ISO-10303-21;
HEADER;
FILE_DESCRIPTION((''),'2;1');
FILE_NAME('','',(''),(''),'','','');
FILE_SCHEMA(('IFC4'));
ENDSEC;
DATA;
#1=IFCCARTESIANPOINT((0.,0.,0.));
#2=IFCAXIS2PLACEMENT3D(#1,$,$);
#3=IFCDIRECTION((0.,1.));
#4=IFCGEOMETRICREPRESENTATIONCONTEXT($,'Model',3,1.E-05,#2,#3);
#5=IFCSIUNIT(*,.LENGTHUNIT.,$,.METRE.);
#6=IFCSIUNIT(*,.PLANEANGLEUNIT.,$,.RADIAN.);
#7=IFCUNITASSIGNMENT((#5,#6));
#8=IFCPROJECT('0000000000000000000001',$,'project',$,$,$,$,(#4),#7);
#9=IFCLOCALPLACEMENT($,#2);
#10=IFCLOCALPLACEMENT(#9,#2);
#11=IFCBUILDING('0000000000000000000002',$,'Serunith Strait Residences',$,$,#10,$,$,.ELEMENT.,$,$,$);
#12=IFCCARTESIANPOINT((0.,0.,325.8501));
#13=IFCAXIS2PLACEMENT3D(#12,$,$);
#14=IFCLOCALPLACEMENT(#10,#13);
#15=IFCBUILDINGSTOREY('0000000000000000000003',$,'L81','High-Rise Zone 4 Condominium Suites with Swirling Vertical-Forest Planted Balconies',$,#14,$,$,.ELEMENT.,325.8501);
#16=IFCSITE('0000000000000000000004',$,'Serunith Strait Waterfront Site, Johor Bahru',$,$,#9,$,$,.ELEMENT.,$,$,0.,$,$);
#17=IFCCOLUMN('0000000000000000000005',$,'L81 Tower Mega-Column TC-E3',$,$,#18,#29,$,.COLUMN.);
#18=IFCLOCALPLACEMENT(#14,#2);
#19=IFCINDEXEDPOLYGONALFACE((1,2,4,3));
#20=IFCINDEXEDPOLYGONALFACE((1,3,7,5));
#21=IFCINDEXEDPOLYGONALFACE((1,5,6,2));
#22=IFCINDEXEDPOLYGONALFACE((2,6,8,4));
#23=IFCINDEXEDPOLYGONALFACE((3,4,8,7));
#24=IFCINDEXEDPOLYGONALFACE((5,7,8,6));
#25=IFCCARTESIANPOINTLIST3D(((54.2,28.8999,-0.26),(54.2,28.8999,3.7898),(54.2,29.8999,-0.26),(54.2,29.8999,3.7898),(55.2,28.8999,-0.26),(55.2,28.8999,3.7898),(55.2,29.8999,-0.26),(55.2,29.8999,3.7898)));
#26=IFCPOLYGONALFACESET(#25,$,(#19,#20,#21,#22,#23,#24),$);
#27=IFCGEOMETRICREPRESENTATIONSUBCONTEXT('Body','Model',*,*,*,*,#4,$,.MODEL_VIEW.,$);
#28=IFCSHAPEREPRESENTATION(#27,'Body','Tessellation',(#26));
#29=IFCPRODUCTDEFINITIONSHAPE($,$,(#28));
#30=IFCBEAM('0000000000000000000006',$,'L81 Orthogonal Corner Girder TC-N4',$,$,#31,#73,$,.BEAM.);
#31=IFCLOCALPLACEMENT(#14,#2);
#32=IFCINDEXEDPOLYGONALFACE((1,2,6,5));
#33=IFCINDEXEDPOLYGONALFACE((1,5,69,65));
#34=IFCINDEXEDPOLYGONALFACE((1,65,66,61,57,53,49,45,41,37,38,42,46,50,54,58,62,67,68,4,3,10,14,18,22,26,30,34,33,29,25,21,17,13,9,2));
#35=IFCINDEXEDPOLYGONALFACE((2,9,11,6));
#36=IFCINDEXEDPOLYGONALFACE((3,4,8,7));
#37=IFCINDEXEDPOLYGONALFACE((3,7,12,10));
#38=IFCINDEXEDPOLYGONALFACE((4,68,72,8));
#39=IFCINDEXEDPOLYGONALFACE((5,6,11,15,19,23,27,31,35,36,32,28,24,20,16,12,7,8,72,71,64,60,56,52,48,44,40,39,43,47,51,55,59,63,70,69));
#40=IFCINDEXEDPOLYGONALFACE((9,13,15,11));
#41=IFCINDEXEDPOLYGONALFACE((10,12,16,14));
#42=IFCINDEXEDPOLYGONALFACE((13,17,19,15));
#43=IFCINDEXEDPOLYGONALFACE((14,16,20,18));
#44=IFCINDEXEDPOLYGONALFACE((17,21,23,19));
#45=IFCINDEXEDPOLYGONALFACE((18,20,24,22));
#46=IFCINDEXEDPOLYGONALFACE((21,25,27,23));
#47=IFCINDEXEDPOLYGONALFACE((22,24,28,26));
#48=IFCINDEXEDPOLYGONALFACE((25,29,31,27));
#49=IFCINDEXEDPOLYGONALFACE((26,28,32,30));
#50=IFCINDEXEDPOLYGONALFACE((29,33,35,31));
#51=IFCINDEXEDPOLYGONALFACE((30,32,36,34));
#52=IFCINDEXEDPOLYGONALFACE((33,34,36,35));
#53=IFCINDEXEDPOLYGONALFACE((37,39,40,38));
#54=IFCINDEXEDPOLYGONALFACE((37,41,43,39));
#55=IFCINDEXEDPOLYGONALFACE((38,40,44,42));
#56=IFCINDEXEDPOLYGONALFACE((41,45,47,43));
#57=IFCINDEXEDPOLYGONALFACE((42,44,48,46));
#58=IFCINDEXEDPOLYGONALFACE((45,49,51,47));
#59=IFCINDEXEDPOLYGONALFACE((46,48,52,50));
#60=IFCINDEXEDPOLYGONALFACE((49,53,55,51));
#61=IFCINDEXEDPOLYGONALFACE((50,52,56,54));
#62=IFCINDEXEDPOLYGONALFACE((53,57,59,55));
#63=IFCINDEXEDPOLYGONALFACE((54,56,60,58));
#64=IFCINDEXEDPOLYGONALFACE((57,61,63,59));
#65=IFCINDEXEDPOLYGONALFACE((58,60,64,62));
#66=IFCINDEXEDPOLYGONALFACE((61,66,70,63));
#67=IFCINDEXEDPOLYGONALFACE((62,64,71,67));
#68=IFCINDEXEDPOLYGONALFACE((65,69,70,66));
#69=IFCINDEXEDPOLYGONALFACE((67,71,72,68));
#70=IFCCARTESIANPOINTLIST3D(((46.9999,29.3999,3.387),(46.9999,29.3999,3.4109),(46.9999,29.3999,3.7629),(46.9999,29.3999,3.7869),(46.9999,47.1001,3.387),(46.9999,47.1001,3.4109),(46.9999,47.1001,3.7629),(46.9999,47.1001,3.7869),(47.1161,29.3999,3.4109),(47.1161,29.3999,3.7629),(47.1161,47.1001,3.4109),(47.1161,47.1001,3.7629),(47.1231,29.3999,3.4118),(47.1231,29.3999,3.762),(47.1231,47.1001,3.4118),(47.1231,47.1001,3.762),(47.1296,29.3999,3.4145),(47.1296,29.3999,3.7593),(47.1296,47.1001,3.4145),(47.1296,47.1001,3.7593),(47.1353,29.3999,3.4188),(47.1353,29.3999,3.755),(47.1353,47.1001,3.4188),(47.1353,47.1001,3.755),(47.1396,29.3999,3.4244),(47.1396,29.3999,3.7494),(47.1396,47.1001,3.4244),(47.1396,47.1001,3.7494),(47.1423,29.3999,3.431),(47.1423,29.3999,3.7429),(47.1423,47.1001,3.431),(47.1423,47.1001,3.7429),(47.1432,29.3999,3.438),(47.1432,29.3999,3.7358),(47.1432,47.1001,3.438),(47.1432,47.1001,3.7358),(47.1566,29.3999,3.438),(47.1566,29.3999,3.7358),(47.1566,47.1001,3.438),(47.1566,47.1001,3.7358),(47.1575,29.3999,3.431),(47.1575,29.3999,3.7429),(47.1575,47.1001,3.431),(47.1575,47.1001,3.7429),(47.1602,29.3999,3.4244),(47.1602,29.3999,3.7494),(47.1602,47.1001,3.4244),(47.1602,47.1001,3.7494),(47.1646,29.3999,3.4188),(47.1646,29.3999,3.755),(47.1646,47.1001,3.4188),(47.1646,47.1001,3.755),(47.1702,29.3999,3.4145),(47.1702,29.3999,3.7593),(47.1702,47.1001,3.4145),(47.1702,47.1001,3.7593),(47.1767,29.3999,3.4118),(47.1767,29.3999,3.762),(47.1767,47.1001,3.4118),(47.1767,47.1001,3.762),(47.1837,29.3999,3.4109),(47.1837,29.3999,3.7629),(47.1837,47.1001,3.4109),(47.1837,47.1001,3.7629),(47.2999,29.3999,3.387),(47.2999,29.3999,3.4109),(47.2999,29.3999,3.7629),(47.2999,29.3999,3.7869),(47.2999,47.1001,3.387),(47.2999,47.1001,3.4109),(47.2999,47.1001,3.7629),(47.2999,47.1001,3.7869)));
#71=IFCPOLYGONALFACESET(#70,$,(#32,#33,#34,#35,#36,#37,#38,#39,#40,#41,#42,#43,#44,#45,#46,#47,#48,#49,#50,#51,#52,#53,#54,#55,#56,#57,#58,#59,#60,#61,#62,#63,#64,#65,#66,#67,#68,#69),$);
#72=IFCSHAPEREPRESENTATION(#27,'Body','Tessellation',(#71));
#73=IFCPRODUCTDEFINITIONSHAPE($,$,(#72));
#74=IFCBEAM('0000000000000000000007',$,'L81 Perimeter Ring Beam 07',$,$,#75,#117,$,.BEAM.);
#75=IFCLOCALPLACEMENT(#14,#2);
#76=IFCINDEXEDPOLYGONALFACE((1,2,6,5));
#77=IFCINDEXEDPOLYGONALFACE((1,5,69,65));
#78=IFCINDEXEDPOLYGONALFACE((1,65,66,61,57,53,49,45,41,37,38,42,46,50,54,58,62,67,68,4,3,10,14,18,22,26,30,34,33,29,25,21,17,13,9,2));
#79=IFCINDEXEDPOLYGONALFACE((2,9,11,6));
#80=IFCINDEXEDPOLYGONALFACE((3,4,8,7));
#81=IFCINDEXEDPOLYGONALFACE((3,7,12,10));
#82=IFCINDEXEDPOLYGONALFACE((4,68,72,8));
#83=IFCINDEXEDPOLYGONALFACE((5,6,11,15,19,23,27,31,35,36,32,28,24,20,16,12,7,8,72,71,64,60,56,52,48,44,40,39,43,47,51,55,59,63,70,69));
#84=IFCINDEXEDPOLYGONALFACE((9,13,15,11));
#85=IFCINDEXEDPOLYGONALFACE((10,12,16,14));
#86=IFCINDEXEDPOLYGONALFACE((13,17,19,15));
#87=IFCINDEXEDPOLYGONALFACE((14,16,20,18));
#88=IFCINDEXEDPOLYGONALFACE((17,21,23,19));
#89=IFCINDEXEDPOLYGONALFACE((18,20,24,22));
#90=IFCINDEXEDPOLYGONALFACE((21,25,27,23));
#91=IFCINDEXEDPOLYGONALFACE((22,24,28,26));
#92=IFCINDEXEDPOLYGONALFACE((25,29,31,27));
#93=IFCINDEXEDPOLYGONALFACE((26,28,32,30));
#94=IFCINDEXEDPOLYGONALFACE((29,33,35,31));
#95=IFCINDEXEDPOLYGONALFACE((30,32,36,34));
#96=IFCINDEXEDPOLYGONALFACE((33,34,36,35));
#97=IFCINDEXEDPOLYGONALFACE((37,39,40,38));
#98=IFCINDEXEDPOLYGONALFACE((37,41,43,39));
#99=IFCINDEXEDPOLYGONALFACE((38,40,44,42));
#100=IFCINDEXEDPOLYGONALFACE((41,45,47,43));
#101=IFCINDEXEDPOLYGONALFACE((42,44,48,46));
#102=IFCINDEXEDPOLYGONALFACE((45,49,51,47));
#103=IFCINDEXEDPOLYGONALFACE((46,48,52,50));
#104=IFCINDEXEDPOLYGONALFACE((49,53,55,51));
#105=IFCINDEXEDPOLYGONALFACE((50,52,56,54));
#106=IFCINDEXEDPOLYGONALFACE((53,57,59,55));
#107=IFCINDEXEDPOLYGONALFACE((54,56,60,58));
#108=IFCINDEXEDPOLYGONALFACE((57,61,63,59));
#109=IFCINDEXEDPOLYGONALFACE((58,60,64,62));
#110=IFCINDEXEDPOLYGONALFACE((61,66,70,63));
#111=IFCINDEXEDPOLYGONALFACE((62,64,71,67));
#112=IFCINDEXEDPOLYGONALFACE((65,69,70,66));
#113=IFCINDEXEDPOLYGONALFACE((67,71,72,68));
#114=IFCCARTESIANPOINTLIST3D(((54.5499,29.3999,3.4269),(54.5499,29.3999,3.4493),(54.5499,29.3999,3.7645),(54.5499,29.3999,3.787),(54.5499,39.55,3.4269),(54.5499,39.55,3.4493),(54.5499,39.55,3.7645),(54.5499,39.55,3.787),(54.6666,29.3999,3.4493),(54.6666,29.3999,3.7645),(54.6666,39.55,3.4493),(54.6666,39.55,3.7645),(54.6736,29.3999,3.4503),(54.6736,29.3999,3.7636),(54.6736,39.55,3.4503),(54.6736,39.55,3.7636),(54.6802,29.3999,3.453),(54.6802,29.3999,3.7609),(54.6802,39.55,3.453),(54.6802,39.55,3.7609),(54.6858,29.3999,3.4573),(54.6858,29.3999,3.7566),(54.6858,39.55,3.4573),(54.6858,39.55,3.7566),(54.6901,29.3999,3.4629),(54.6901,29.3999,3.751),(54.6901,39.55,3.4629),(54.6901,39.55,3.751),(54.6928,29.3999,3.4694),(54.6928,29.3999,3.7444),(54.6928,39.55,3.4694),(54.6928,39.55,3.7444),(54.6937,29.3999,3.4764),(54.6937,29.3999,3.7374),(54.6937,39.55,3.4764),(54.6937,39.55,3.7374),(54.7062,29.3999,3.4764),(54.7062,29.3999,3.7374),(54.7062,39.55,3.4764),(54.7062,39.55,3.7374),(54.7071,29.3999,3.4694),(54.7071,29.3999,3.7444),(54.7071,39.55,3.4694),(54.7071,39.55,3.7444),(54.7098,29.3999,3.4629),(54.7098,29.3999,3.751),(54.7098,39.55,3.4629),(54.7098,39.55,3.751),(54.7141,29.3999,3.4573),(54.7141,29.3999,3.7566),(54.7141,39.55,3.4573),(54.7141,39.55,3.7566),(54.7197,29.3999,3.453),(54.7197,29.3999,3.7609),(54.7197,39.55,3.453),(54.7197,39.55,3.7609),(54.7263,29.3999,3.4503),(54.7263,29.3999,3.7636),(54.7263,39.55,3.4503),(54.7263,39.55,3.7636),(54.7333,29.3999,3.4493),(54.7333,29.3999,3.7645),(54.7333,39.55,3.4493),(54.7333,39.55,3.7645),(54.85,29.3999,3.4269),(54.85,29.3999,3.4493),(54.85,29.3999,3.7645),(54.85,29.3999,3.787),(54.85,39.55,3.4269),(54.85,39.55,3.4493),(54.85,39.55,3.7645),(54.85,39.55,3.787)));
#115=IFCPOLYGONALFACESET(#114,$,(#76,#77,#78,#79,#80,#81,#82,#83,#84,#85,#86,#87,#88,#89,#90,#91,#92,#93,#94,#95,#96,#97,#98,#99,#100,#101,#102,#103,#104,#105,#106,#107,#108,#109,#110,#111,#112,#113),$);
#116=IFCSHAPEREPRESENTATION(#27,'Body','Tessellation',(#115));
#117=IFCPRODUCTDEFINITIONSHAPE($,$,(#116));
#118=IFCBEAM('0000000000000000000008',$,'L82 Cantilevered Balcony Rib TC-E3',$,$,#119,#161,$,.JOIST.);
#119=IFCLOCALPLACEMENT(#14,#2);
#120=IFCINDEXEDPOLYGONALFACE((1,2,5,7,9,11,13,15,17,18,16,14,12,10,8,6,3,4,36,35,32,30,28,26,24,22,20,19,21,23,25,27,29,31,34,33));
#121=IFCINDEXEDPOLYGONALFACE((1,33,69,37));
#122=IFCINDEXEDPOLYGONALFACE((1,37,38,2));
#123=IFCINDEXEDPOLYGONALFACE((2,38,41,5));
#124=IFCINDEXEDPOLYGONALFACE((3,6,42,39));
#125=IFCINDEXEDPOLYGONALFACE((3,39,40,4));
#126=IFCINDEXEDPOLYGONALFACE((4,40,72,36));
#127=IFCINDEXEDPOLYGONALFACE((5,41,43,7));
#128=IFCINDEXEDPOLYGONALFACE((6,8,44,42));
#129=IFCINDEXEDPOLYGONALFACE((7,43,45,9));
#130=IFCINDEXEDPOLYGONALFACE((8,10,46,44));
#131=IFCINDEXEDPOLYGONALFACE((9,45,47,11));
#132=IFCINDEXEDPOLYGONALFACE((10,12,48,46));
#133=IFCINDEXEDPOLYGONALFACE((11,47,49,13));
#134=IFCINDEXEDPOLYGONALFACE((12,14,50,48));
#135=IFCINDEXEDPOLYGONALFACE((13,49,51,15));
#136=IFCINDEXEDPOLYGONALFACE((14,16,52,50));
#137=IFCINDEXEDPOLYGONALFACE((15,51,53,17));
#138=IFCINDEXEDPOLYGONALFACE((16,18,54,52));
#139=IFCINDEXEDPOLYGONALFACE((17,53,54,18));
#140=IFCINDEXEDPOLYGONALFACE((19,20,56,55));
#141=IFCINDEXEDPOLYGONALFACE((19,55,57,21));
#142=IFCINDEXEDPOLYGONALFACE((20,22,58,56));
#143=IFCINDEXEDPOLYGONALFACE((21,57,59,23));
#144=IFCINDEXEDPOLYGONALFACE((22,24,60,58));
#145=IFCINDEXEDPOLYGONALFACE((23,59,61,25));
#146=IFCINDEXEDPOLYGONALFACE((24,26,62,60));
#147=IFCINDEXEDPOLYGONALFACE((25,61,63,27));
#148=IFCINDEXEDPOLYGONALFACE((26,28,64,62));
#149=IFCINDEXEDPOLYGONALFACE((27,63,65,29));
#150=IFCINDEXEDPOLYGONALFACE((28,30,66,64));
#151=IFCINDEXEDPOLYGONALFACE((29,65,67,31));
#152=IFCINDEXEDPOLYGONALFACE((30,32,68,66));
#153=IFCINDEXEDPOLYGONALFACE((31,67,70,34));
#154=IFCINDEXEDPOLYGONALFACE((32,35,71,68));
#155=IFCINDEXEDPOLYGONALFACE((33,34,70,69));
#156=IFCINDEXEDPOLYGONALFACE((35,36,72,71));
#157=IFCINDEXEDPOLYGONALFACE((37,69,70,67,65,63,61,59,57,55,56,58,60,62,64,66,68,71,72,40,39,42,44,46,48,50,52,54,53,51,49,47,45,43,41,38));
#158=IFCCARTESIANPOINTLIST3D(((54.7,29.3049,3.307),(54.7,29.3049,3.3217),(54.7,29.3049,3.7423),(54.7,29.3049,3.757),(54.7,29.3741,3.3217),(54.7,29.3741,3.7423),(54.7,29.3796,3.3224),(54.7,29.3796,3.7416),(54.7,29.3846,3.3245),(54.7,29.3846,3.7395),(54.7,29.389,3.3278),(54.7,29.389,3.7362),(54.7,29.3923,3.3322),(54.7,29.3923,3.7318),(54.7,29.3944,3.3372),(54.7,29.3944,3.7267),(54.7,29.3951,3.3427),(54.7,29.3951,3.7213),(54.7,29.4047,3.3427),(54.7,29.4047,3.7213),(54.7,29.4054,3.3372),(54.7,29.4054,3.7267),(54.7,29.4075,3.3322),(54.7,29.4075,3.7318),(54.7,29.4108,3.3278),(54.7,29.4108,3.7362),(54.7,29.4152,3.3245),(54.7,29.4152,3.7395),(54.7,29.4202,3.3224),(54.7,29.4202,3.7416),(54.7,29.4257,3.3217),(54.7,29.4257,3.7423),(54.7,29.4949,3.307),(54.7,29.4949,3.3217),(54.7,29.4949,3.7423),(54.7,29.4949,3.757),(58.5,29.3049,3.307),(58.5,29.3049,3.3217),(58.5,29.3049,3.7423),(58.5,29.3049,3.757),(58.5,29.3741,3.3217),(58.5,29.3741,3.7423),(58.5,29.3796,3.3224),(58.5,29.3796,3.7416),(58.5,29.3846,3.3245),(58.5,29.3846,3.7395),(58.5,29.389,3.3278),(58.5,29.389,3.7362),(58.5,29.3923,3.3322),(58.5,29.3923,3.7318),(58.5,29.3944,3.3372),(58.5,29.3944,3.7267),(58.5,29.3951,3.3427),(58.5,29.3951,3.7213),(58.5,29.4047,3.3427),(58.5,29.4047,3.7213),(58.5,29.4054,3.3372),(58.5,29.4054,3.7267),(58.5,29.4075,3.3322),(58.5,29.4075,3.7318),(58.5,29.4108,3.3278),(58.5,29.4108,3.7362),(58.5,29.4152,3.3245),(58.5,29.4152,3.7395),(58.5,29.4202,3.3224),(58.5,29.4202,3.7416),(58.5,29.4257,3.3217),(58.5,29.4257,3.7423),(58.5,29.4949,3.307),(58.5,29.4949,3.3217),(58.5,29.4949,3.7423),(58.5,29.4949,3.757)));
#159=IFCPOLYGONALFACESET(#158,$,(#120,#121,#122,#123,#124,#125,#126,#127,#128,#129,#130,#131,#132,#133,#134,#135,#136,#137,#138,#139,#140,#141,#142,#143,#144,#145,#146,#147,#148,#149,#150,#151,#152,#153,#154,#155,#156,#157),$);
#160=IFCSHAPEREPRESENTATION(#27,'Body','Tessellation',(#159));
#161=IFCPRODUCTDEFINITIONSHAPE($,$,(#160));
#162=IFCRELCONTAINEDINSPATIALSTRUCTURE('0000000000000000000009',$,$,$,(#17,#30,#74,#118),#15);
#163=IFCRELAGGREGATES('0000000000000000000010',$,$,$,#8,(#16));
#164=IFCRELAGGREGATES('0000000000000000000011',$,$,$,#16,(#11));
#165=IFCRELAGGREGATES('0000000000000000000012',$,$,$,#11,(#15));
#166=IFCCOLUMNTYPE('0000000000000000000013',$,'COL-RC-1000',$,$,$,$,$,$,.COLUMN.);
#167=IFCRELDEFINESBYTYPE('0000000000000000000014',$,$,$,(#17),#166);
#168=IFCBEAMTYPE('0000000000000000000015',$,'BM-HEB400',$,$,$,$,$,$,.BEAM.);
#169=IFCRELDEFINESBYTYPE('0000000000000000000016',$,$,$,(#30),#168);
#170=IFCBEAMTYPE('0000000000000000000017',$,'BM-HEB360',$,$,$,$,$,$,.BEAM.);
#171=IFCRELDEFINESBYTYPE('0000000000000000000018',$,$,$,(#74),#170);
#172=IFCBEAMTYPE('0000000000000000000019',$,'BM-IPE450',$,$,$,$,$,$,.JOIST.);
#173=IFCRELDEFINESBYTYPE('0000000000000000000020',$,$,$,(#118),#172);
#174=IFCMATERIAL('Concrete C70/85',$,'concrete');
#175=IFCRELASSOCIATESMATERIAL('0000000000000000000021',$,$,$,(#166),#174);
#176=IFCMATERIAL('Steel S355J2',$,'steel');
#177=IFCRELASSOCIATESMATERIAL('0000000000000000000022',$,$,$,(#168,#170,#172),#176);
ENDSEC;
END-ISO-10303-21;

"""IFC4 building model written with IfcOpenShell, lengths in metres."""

from ifc_helpers import new_model, si_unit, direction, frame, origin, origin_2d, place, context, subcontext, project, spatial, rectangle, i_section, extrude, source, transform, mapped, material, material_profile, profile_set, type_object, element, save


model = new_model("IFC4")

# Units and contexts
model_context = context("Model", 3, precision=1e-05, world=origin(), true_north=direction((0.0, 1.0)))
body_context = subcontext(model_context, "Body", "Model", "MODEL_VIEW")
ifc_project = project(units=[si_unit("LENGTHUNIT", "METRE"), si_unit("PLANEANGLEUNIT", "RADIAN")], contexts=[model_context])

# Site, building, storey
site_placement = place(None, origin())
site = spatial("IfcSite", under=ifc_project, at=site_placement, Name="Serunith Strait Waterfront Site, Johor Bahru", CompositionType="ELEMENT", RefElevation=0.0)
building_placement = place(site_placement, origin())
building = spatial("IfcBuilding", under=site, at=building_placement, Name="Serunith Strait Residences", CompositionType="ELEMENT")
storey_placement = place(building_placement, frame((0.0, 0.0, 325.8501)))
storey = spatial("IfcBuildingStorey", under=building, at=storey_placement, Name="L81", Description="High-Rise Zone 4 Condominium Suites with Swirling Vertical-Forest Planted Balconies", CompositionType="ELEMENT", Elevation=325.8501)

# Column
ifc_material_1 = material(Name="Concrete C70/85", Category="concrete")
ifc_material_profile_1 = material_profile(ifc_material_1, rectangle(XDim=1.0, YDim=1.0, at=origin_2d()), Name="RC 1000x1000")
ifc_profile_set_1 = profile_set([ifc_material_profile_1], Name="Concrete C70/85")
column_type = type_object("IfcColumnType", Name="COL-RC-1000", PredefinedType="COLUMN", material=ifc_profile_set_1)
shared_shape_1 = source(origin(), body_context, "Body", "SweptSolid", [
    extrude(rectangle(XDim=1.0, YDim=1.0, at=origin_2d()), origin(), (0.0, 0.0, 1.0), 4.0498),
])
column_placement = place(storey_placement, frame((54.7, 29.3999, -0.26), z_axis=(0.0, 0.0, 1.0), x_axis=(1.0, 0.0, 0.0)))
element("IfcColumn", 1, at=column_placement, inside=storey, type_object=column_type, Name="L81 Tower Mega-Column TC-E3", PredefinedType="COLUMN", context=body_context, shape_type="MappedRepresentation", body=[
    mapped(shared_shape_1, transform((0.0, 0.0, 0.0), scale=1.0)),
])

# Beams
ifc_material_2 = material(Name="Steel S355J2", Category="steel")
ifc_material_profile_2 = material_profile(ifc_material_2, i_section(OverallWidth=0.3, OverallDepth=0.3999, WebThickness=0.0134, FlangeThickness=0.0239, FilletRadius=0.0271, at=origin_2d()), Name="HEB 400")
ifc_profile_set_2 = profile_set([ifc_material_profile_2], Name="Steel S355J2")
beam_type_1 = type_object("IfcBeamType", Name="BM-HEB400", PredefinedType="BEAM", material=ifc_profile_set_2)
shared_shape_2 = source(origin(), body_context, "Body", "SweptSolid", [
    extrude(i_section(OverallWidth=0.3, OverallDepth=0.3999, WebThickness=0.0134, FlangeThickness=0.0239, FilletRadius=0.0271, at=origin_2d()), origin(), (0.0, 0.0, 1.0), 17.7002),
])
beam_1_placement = place(storey_placement, frame((47.1499, 29.3999, 3.5869), z_axis=(0.0, 1.0, 0.0), x_axis=(-1.0, 0.0, 0.0)))
element("IfcBeam", 2, at=beam_1_placement, inside=storey, type_object=beam_type_1, Name="L81 Orthogonal Corner Girder TC-N4", PredefinedType="BEAM", context=body_context, shape_type="MappedRepresentation", body=[
    mapped(shared_shape_2, transform((0.0, 0.0, 0.0), scale=1.0)),
])
ifc_material_profile_3 = material_profile(ifc_material_2, i_section(OverallWidth=0.3, OverallDepth=0.3601, WebThickness=0.0125, FlangeThickness=0.0225, FilletRadius=0.0271, at=origin_2d()), Name="HEB 360")
ifc_profile_set_3 = profile_set([ifc_material_profile_3], Name="Steel S355J2")
beam_type_2 = type_object("IfcBeamType", Name="BM-HEB360", PredefinedType="BEAM", material=ifc_profile_set_3)
shared_shape_3 = source(origin(), body_context, "Body", "SweptSolid", [
    extrude(i_section(OverallWidth=0.3, OverallDepth=0.3601, WebThickness=0.0125, FlangeThickness=0.0225, FilletRadius=0.0271, at=origin_2d()), origin(), (0.0, 0.0, 1.0), 10.1501),
])
beam_2_placement = place(storey_placement, frame((54.7, 29.3999, 3.6069), z_axis=(0.0, 1.0, 0.0), x_axis=(-1.0, 0.0, 0.0)))
element("IfcBeam", 3, at=beam_2_placement, inside=storey, type_object=beam_type_2, Name="L81 Perimeter Ring Beam 07", PredefinedType="BEAM", context=body_context, shape_type="MappedRepresentation", body=[
    mapped(shared_shape_3, transform((0.0, 0.0, 0.0), scale=1.0)),
])
ifc_material_profile_4 = material_profile(ifc_material_2, i_section(OverallWidth=0.1899, OverallDepth=0.45, WebThickness=0.0095, FlangeThickness=0.0146, FilletRadius=0.021, at=origin_2d()), Name="IPE 450")
ifc_profile_set_4 = profile_set([ifc_material_profile_4], Name="Steel S355J2")
beam_type_3 = type_object("IfcBeamType", Name="BM-IPE450", PredefinedType="JOIST", material=ifc_profile_set_4)
shared_shape_4 = source(origin(), body_context, "Body", "SweptSolid", [
    extrude(i_section(OverallWidth=0.1899, OverallDepth=0.45, WebThickness=0.0095, FlangeThickness=0.0146, FilletRadius=0.021, at=origin_2d()), origin(), (0.0, 0.0, 1.0), 3.8),
])
beam_3_placement = place(storey_placement, frame((54.7, 29.3999, 3.532), z_axis=(1.0, 0.0, 0.0), x_axis=(0.0, 1.0, 0.0)))
element("IfcBeam", 4, at=beam_3_placement, inside=storey, type_object=beam_type_3, Name="L82 Cantilevered Balcony Rib TC-E3", PredefinedType="JOIST", context=body_context, shape_type="MappedRepresentation", body=[
    mapped(shared_shape_4, transform((0.0, 0.0, 0.0), scale=1.0)),
])

save(model, "model.ifc")
